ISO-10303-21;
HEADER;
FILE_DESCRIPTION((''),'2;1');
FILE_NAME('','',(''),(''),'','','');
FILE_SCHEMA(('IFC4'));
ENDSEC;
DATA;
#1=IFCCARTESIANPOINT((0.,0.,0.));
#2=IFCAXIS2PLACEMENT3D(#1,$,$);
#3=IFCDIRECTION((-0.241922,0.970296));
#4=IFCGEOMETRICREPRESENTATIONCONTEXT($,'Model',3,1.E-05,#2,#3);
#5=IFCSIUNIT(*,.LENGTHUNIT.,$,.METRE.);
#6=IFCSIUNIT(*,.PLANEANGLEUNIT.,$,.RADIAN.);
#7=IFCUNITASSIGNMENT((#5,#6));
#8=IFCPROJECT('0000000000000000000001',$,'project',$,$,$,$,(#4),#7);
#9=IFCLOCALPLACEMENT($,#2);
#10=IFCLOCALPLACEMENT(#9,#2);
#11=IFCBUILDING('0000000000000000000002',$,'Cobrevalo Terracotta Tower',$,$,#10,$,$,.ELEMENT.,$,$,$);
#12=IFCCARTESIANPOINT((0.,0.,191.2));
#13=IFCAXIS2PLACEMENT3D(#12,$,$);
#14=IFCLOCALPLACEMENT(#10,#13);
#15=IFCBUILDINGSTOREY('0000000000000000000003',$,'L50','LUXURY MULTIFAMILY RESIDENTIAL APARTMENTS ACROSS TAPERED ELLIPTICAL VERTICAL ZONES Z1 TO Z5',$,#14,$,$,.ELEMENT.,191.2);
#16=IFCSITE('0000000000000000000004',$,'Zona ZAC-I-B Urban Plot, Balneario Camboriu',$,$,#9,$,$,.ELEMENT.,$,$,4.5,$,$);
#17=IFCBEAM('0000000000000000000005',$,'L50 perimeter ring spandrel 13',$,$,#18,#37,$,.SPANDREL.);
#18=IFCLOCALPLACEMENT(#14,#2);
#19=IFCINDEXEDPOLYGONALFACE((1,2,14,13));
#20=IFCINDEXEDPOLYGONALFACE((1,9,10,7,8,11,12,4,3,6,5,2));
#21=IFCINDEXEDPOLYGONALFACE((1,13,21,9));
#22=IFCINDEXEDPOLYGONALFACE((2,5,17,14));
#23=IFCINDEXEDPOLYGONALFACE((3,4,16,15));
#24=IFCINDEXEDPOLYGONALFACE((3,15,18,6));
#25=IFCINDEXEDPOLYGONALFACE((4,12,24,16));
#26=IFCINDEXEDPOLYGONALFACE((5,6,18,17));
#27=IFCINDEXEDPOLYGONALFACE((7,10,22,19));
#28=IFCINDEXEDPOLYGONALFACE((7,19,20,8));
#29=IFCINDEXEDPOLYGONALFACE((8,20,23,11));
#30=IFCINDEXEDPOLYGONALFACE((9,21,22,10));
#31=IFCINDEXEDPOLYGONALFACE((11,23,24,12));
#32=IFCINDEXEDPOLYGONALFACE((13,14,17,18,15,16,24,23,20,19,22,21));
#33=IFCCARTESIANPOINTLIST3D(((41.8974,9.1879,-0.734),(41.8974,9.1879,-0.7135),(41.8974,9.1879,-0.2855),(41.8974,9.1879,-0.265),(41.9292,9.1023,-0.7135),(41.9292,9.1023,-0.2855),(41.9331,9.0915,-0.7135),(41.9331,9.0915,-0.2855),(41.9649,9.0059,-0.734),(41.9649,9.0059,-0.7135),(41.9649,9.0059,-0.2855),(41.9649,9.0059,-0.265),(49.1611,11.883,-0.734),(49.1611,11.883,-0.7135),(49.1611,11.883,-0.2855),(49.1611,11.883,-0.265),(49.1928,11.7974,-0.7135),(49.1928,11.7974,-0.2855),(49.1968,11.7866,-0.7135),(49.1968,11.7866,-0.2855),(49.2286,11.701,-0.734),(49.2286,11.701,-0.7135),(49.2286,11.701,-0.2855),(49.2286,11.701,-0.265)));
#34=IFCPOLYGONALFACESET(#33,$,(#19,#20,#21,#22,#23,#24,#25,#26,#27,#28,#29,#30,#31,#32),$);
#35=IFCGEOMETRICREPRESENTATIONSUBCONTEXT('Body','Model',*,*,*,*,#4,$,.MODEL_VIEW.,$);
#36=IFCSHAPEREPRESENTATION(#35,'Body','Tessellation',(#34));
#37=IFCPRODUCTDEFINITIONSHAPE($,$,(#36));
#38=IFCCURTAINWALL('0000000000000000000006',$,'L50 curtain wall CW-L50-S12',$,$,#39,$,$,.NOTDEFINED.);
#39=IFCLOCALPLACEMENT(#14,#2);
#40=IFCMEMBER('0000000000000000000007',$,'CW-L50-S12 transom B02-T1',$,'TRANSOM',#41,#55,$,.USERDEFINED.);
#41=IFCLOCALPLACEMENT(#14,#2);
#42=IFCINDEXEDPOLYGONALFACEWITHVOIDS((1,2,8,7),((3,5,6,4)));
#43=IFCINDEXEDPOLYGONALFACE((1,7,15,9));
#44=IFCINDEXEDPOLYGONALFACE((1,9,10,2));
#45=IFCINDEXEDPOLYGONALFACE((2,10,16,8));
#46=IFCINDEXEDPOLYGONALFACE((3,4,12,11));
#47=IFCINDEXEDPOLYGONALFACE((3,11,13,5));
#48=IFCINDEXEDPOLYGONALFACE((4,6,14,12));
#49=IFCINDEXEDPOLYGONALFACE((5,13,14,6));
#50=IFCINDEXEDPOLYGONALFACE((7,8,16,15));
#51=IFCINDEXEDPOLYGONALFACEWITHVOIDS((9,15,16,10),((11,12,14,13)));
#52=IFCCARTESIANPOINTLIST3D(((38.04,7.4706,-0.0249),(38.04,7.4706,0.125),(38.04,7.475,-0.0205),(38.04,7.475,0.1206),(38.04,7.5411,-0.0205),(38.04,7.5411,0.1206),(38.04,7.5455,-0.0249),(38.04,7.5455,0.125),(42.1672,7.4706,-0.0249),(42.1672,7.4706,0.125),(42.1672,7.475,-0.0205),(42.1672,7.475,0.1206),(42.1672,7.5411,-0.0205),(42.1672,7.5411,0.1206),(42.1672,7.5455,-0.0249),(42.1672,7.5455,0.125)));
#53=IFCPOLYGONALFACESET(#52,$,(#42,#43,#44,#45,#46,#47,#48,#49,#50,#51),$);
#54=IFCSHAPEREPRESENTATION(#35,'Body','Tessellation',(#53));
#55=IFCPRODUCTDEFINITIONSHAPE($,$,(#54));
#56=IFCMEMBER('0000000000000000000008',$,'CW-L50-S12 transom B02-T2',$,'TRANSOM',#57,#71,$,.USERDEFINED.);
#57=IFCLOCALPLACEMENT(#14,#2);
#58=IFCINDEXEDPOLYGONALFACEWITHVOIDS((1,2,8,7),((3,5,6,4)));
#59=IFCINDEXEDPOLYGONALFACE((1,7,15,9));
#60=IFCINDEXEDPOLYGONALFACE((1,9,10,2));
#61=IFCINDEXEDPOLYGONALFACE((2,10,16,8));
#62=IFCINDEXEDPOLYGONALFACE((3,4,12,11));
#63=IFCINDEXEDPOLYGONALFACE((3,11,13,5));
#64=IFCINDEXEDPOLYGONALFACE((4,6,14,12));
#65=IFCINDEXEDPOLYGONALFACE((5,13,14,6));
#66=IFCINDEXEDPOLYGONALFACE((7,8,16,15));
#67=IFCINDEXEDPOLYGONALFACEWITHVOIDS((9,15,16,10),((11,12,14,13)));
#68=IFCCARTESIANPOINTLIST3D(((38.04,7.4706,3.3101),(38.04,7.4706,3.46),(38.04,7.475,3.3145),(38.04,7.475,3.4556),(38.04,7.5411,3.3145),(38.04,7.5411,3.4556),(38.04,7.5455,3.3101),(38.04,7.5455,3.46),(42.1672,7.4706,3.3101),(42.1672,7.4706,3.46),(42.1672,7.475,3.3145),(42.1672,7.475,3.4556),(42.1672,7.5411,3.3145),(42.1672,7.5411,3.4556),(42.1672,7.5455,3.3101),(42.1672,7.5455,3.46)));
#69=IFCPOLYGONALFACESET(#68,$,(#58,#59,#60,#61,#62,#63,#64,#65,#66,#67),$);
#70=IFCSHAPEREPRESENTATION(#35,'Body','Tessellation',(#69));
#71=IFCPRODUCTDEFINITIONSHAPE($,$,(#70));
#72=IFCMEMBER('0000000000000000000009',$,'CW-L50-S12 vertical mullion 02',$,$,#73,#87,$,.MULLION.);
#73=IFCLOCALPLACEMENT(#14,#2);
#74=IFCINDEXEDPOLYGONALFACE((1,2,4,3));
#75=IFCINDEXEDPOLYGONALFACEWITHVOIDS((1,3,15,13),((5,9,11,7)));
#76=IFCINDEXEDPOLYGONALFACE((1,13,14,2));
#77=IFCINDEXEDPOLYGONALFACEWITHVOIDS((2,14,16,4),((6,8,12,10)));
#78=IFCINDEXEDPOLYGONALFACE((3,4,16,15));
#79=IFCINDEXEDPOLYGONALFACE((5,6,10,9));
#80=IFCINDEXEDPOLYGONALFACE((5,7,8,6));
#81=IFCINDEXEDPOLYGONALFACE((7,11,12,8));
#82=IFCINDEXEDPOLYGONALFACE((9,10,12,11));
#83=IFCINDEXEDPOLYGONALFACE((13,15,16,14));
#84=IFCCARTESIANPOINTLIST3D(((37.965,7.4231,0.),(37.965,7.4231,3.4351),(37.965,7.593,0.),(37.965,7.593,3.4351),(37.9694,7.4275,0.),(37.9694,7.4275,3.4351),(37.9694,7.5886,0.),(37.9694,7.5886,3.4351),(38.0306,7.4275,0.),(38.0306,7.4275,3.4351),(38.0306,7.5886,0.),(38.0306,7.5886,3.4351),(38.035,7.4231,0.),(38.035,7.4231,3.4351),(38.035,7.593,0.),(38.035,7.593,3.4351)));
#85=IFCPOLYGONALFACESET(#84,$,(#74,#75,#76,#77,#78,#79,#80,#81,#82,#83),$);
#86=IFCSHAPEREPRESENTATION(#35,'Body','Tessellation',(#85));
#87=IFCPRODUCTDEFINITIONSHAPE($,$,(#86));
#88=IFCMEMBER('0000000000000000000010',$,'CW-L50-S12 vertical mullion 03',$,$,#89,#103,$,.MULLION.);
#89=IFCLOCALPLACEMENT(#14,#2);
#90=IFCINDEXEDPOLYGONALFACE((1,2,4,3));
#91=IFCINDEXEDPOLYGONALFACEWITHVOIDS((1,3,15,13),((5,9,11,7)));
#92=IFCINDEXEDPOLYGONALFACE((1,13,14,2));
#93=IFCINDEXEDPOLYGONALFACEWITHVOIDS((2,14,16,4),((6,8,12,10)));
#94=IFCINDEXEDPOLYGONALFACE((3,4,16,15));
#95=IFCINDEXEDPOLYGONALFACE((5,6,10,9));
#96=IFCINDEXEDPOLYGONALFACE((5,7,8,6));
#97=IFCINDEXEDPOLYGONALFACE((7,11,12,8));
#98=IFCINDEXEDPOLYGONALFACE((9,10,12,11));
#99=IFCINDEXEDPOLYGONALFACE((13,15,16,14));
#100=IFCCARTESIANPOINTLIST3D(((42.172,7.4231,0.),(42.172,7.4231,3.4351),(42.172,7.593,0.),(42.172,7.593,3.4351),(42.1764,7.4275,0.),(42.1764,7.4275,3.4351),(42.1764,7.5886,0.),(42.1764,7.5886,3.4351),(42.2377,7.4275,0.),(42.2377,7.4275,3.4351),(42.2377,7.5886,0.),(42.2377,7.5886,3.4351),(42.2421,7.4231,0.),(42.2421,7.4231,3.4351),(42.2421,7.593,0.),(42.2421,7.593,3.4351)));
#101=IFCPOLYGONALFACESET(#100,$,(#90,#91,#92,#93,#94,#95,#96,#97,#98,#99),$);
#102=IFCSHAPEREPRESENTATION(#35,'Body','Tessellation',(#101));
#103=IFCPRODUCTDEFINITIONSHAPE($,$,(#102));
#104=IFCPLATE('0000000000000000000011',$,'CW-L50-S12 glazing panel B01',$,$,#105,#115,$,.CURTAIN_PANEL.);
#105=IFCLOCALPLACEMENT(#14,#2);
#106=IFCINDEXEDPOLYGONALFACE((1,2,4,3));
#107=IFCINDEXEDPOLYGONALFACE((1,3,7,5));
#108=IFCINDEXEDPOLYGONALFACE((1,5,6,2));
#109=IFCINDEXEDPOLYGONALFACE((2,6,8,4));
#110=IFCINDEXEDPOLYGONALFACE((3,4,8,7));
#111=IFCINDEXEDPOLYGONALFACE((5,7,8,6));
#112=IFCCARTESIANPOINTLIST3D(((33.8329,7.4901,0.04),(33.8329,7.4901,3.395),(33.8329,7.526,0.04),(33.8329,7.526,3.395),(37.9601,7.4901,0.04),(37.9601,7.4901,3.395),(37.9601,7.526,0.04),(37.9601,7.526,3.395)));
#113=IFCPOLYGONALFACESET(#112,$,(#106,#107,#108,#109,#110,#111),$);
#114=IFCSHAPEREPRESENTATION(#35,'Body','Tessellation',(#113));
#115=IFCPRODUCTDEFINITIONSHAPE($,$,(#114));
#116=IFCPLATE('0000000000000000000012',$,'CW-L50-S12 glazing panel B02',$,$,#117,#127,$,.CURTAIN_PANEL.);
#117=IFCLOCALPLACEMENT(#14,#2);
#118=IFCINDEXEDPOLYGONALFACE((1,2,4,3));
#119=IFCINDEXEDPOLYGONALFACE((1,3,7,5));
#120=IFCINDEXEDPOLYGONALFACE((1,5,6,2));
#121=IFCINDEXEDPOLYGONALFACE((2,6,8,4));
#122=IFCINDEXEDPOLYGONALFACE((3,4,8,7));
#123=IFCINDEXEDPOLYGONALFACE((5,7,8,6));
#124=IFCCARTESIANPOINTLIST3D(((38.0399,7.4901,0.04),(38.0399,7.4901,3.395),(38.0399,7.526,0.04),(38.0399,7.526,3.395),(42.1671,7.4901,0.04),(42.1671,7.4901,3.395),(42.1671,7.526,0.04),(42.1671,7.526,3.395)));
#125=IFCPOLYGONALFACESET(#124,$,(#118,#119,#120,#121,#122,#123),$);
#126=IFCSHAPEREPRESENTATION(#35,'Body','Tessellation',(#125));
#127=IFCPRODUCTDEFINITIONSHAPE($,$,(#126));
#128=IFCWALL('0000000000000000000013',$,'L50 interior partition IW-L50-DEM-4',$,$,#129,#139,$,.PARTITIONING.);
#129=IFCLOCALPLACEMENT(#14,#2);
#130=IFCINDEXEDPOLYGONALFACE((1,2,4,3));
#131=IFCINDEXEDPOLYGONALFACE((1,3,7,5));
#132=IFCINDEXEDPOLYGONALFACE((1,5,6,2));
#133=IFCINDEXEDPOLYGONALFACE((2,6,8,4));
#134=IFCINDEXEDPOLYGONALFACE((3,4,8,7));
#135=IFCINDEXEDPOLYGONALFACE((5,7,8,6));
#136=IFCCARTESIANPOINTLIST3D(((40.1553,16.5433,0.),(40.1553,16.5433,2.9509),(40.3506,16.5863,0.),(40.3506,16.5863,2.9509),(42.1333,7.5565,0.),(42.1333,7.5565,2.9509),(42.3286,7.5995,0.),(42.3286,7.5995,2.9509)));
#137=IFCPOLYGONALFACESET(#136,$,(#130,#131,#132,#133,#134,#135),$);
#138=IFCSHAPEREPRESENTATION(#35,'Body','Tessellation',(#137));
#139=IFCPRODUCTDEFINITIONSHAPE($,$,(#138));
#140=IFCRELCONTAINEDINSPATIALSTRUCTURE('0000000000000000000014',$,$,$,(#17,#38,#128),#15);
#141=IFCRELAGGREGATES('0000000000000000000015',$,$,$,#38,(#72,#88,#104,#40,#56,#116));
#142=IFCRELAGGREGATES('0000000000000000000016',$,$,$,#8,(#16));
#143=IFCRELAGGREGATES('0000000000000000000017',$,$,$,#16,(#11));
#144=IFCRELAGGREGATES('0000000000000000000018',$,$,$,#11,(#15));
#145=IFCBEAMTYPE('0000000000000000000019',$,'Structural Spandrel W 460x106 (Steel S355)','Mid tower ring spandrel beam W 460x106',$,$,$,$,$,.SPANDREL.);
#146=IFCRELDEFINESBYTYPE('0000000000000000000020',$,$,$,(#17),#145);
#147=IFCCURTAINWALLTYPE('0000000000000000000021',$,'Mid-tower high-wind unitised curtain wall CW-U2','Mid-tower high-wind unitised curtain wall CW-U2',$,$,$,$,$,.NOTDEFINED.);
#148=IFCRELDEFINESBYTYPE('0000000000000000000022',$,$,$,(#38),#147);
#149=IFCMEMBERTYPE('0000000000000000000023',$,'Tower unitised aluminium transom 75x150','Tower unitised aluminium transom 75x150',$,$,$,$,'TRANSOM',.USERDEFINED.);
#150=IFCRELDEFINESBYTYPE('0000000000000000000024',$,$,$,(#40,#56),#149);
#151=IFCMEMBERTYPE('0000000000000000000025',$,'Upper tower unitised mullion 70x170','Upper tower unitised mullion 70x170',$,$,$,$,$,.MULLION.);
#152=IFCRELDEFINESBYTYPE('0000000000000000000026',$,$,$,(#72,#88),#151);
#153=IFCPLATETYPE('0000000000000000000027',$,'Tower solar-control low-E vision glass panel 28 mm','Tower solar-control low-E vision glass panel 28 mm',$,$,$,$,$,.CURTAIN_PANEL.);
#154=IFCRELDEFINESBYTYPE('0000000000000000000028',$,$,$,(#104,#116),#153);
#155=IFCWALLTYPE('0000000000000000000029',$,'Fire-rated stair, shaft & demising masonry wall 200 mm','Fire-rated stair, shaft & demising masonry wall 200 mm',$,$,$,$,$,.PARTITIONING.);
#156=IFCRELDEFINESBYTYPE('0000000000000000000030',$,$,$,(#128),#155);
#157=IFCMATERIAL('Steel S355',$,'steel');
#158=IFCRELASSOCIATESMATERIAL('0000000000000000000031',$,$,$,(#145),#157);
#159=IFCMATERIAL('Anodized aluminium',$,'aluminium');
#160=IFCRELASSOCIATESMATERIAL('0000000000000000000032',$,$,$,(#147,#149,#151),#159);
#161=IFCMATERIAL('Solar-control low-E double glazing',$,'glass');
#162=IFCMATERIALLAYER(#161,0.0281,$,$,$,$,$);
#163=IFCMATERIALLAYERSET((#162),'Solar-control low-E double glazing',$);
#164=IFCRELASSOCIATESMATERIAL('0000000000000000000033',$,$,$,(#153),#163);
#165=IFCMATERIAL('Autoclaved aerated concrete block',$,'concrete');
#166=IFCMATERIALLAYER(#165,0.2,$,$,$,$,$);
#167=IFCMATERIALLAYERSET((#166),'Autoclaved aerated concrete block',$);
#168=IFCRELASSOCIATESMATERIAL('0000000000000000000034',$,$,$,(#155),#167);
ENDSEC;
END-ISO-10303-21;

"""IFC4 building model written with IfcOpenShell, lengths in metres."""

from ifc_helpers import new_model, si_unit, direction, frame, frame_2d, origin, origin_2d, place, context, subcontext, project, spatial, rectangle, hollow_rectangle, i_section, extrude, source, transform, mapped, material, layer, layer_set, material_profile, profile_set, type_object, element, aggregate, save


model = new_model("IFC4")

# Units and contexts
model_context = context("Model", 3, precision=1e-05, world=origin(), true_north=direction((-0.241922, 0.970296)))
body_context = subcontext(model_context, "Body", "Model", "MODEL_VIEW")
ifc_project = project(units=[si_unit("LENGTHUNIT", "METRE"), si_unit("PLANEANGLEUNIT", "RADIAN")], contexts=[model_context])

# Site, building, storey
site_placement = place(None, origin())
site = spatial("IfcSite", under=ifc_project, at=site_placement, Name="Zona ZAC-I-B Urban Plot, Balneario Camboriu", CompositionType="ELEMENT", RefElevation=4.5)
building_placement = place(site_placement, origin())
building = spatial("IfcBuilding", under=site, at=building_placement, Name="Cobrevalo Terracotta Tower", CompositionType="ELEMENT")
storey_placement = place(building_placement, frame((0.0, 0.0, 191.2)))
storey = spatial("IfcBuildingStorey", under=building, at=storey_placement, Name="L50", Description="LUXURY MULTIFAMILY RESIDENTIAL APARTMENTS ACROSS TAPERED ELLIPTICAL VERTICAL ZONES Z1 TO Z5", CompositionType="ELEMENT", Elevation=191.2)

# Shared definitions
ifc_material_1 = material(Name="Steel S355", Category="steel")

# Beam
ifc_material_profile_1 = material_profile(ifc_material_1, i_section(OverallWidth=0.1941, OverallDepth=0.469, WebThickness=0.0115, FlangeThickness=0.0205, at=origin_2d()), Name="W 460x106")
ifc_profile_set_1 = profile_set([ifc_material_profile_1], Name="Steel S355")
beam_type_1 = type_object("IfcBeamType", Name="Structural Spandrel W 460x106 (Steel S355)", Description="Mid tower ring spandrel beam W 460x106", PredefinedType="SPANDREL", material=ifc_profile_set_1)
beam_1_placement = place(storey_placement, frame((41.9312, 9.0969, -0.4995), z_axis=(0.937546, 0.347861, 0.0), x_axis=(-0.347861, 0.937546, 0.0)))
element("IfcBeam", 1, at=beam_1_placement, inside=storey, type_object=beam_type_1, Name="L50 perimeter ring spandrel 13", PredefinedType="SPANDREL", context=body_context, shape_type="SweptSolid", body=[
    extrude(i_section(OverallWidth=0.1941, OverallDepth=0.469, WebThickness=0.0115, FlangeThickness=0.0205, at=origin_2d()), origin(), (0.0, 0.0, 1.0), 7.7476),
])

# Curtain wall, members, plates
ifc_material_2 = material(Name="Anodized aluminium", Category="aluminium")
curtain_wall_type = type_object("IfcCurtainWallType", Name="Mid-tower high-wind unitised curtain wall CW-U2", Description="Mid-tower high-wind unitised curtain wall CW-U2", PredefinedType="NOTDEFINED", material=ifc_material_2)
curtain_wall_placement = place(storey_placement, origin())
curtain_wall = element("IfcCurtainWall", 2, at=curtain_wall_placement, inside=storey, type_object=curtain_wall_type, Name="L50 curtain wall CW-L50-S12", PredefinedType="NOTDEFINED")
ifc_material_profile_2 = material_profile(ifc_material_2, hollow_rectangle(XDim=0.075, YDim=0.1499, WallThickness=0.0044, at=origin_2d()), Name="CWT 75x150")
ifc_profile_set_2 = profile_set([ifc_material_profile_2], Name="Anodized aluminium")
member_type_1 = type_object("IfcMemberType", Name="Tower unitised aluminium transom 75x150", Description="Tower unitised aluminium transom 75x150", ElementType="TRANSOM", PredefinedType="USERDEFINED", material=ifc_profile_set_2)
shared_shape_1 = source(origin(), body_context, "Body", "SweptSolid", [
    extrude(hollow_rectangle(XDim=0.075, YDim=0.1499, WallThickness=0.0044, at=origin_2d()), origin(), (0.0, 0.0, 1.0), 4.1272),
])
member_1_placement = place(storey_placement, frame((38.04, 7.5081, 0.05), z_axis=(1.0, 0.0, 0.0), x_axis=(0.0, 1.0, 0.0)))
member_1 = element("IfcMember", 3, at=member_1_placement, type_object=member_type_1, Name="CW-L50-S12 transom B02-T1", ObjectType="TRANSOM", PredefinedType="USERDEFINED", context=body_context, shape_type="MappedRepresentation", body=[
    mapped(shared_shape_1, transform((0.0, 0.0, 0.0), scale=1.0)),
])
member_2_placement = place(storey_placement, frame((38.04, 7.5081, 3.385), z_axis=(1.0, 0.0, 0.0), x_axis=(0.0, 1.0, 0.0)))
member_2 = element("IfcMember", 4, at=member_2_placement, type_object=member_type_1, Name="CW-L50-S12 transom B02-T2", ObjectType="TRANSOM", PredefinedType="USERDEFINED", context=body_context, shape_type="MappedRepresentation", body=[
    mapped(shared_shape_1, transform((0.0, 0.0, 0.0), scale=1.0)),
])
ifc_material_profile_3 = material_profile(ifc_material_2, hollow_rectangle(XDim=0.0701, YDim=0.1699, WallThickness=0.0044, at=origin_2d()), Name="CWM 70x170")
ifc_profile_set_3 = profile_set([ifc_material_profile_3], Name="Anodized aluminium")
member_type_2 = type_object("IfcMemberType", Name="Upper tower unitised mullion 70x170", Description="Upper tower unitised mullion 70x170", PredefinedType="MULLION", material=ifc_profile_set_3)
shared_shape_2 = source(origin(), body_context, "Body", "SweptSolid", [
    extrude(hollow_rectangle(XDim=0.0701, YDim=0.1699, WallThickness=0.0044, at=origin_2d()), origin(), (0.0, 0.0, 1.0), 3.4351),
])
member_3_placement = place(storey_placement, frame((38.0, 7.5081, 0.0), z_axis=(0.0, 0.0, 1.0), x_axis=(1.0, 0.0, 0.0)))
member_3 = element("IfcMember", 5, at=member_3_placement, type_object=member_type_2, Name="CW-L50-S12 vertical mullion 02", PredefinedType="MULLION", context=body_context, shape_type="MappedRepresentation", body=[
    mapped(shared_shape_2, transform((0.0, 0.0, 0.0), scale=1.0)),
])
member_4_placement = place(storey_placement, frame((42.207, 7.5081, 0.0), z_axis=(0.0, 0.0, 1.0), x_axis=(1.0, 0.0, 0.0)))
member_4 = element("IfcMember", 6, at=member_4_placement, type_object=member_type_2, Name="CW-L50-S12 vertical mullion 03", PredefinedType="MULLION", context=body_context, shape_type="MappedRepresentation", body=[
    mapped(shared_shape_2, transform((0.0, 0.0, 0.0), scale=1.0)),
])
ifc_material_3 = material(Name="Solar-control low-E double glazing", Category="glass")
ifc_layer_1 = layer(ifc_material_3, 0.0281)
ifc_layer_set_1 = layer_set([ifc_layer_1], Name="Solar-control low-E double glazing")
plate_type = type_object("IfcPlateType", Name="Tower solar-control low-E vision glass panel 28 mm", Description="Tower solar-control low-E vision glass panel 28 mm", PredefinedType="CURTAIN_PANEL", material=ifc_layer_set_1)
shared_shape_3 = source(origin(), body_context, "Body", "SweptSolid", [
    extrude(rectangle(XDim=4.1272, YDim=0.0359, at=origin_2d()), origin(), (0.0, 0.0, 1.0), 3.355),
])
plate_1_placement = place(storey_placement, frame((35.8965, 7.5081, 0.04), z_axis=(0.0, 0.0, 1.0), x_axis=(1.0, 0.0, 0.0)))
plate_1 = element("IfcPlate", 7, at=plate_1_placement, type_object=plate_type, Name="CW-L50-S12 glazing panel B01", PredefinedType="CURTAIN_PANEL", context=body_context, shape_type="MappedRepresentation", body=[
    mapped(shared_shape_3, transform((0.0, 0.0, 0.0), scale=1.0)),
])
plate_2_placement = place(storey_placement, frame((40.1035, 7.5081, 0.04), z_axis=(0.0, 0.0, 1.0), x_axis=(1.0, 0.0, 0.0)))
plate_2 = element("IfcPlate", 8, at=plate_2_placement, type_object=plate_type, Name="CW-L50-S12 glazing panel B02", PredefinedType="CURTAIN_PANEL", context=body_context, shape_type="MappedRepresentation", body=[
    mapped(shared_shape_3, transform((0.0, 0.0, 0.0), scale=1.0)),
])
aggregate(curtain_wall, [member_3, member_4, plate_1, member_1, member_2, plate_2])

# Wall
ifc_material_4 = material(Name="Autoclaved aerated concrete block", Category="concrete")
ifc_layer_2 = layer(ifc_material_4, 0.2)
ifc_layer_set_2 = layer_set([ifc_layer_2], Name="Autoclaved aerated concrete block")
wall_type_1 = type_object("IfcWallType", Name="Fire-rated stair, shaft & demising masonry wall 200 mm", Description="Fire-rated stair, shaft & demising masonry wall 200 mm", PredefinedType="PARTITIONING", material=ifc_layer_set_2)
wall_1_placement = place(storey_placement, frame((40.2529, 16.5649, 0.0), z_axis=(0.0, 0.0, 1.0), x_axis=(0.214958, -0.976623, 0.0)))
element("IfcWall", 9, at=wall_1_placement, inside=storey, type_object=wall_type_1, Name="L50 interior partition IW-L50-DEM-4", PredefinedType="PARTITIONING", context=body_context, shape_type="SweptSolid", body=[
    extrude(rectangle(XDim=9.2019, YDim=0.2, at=frame_2d((4.6011, 0.0))), origin(), (0.0, 0.0, 1.0), 2.9509),
])

save(model, "model.ifc")
